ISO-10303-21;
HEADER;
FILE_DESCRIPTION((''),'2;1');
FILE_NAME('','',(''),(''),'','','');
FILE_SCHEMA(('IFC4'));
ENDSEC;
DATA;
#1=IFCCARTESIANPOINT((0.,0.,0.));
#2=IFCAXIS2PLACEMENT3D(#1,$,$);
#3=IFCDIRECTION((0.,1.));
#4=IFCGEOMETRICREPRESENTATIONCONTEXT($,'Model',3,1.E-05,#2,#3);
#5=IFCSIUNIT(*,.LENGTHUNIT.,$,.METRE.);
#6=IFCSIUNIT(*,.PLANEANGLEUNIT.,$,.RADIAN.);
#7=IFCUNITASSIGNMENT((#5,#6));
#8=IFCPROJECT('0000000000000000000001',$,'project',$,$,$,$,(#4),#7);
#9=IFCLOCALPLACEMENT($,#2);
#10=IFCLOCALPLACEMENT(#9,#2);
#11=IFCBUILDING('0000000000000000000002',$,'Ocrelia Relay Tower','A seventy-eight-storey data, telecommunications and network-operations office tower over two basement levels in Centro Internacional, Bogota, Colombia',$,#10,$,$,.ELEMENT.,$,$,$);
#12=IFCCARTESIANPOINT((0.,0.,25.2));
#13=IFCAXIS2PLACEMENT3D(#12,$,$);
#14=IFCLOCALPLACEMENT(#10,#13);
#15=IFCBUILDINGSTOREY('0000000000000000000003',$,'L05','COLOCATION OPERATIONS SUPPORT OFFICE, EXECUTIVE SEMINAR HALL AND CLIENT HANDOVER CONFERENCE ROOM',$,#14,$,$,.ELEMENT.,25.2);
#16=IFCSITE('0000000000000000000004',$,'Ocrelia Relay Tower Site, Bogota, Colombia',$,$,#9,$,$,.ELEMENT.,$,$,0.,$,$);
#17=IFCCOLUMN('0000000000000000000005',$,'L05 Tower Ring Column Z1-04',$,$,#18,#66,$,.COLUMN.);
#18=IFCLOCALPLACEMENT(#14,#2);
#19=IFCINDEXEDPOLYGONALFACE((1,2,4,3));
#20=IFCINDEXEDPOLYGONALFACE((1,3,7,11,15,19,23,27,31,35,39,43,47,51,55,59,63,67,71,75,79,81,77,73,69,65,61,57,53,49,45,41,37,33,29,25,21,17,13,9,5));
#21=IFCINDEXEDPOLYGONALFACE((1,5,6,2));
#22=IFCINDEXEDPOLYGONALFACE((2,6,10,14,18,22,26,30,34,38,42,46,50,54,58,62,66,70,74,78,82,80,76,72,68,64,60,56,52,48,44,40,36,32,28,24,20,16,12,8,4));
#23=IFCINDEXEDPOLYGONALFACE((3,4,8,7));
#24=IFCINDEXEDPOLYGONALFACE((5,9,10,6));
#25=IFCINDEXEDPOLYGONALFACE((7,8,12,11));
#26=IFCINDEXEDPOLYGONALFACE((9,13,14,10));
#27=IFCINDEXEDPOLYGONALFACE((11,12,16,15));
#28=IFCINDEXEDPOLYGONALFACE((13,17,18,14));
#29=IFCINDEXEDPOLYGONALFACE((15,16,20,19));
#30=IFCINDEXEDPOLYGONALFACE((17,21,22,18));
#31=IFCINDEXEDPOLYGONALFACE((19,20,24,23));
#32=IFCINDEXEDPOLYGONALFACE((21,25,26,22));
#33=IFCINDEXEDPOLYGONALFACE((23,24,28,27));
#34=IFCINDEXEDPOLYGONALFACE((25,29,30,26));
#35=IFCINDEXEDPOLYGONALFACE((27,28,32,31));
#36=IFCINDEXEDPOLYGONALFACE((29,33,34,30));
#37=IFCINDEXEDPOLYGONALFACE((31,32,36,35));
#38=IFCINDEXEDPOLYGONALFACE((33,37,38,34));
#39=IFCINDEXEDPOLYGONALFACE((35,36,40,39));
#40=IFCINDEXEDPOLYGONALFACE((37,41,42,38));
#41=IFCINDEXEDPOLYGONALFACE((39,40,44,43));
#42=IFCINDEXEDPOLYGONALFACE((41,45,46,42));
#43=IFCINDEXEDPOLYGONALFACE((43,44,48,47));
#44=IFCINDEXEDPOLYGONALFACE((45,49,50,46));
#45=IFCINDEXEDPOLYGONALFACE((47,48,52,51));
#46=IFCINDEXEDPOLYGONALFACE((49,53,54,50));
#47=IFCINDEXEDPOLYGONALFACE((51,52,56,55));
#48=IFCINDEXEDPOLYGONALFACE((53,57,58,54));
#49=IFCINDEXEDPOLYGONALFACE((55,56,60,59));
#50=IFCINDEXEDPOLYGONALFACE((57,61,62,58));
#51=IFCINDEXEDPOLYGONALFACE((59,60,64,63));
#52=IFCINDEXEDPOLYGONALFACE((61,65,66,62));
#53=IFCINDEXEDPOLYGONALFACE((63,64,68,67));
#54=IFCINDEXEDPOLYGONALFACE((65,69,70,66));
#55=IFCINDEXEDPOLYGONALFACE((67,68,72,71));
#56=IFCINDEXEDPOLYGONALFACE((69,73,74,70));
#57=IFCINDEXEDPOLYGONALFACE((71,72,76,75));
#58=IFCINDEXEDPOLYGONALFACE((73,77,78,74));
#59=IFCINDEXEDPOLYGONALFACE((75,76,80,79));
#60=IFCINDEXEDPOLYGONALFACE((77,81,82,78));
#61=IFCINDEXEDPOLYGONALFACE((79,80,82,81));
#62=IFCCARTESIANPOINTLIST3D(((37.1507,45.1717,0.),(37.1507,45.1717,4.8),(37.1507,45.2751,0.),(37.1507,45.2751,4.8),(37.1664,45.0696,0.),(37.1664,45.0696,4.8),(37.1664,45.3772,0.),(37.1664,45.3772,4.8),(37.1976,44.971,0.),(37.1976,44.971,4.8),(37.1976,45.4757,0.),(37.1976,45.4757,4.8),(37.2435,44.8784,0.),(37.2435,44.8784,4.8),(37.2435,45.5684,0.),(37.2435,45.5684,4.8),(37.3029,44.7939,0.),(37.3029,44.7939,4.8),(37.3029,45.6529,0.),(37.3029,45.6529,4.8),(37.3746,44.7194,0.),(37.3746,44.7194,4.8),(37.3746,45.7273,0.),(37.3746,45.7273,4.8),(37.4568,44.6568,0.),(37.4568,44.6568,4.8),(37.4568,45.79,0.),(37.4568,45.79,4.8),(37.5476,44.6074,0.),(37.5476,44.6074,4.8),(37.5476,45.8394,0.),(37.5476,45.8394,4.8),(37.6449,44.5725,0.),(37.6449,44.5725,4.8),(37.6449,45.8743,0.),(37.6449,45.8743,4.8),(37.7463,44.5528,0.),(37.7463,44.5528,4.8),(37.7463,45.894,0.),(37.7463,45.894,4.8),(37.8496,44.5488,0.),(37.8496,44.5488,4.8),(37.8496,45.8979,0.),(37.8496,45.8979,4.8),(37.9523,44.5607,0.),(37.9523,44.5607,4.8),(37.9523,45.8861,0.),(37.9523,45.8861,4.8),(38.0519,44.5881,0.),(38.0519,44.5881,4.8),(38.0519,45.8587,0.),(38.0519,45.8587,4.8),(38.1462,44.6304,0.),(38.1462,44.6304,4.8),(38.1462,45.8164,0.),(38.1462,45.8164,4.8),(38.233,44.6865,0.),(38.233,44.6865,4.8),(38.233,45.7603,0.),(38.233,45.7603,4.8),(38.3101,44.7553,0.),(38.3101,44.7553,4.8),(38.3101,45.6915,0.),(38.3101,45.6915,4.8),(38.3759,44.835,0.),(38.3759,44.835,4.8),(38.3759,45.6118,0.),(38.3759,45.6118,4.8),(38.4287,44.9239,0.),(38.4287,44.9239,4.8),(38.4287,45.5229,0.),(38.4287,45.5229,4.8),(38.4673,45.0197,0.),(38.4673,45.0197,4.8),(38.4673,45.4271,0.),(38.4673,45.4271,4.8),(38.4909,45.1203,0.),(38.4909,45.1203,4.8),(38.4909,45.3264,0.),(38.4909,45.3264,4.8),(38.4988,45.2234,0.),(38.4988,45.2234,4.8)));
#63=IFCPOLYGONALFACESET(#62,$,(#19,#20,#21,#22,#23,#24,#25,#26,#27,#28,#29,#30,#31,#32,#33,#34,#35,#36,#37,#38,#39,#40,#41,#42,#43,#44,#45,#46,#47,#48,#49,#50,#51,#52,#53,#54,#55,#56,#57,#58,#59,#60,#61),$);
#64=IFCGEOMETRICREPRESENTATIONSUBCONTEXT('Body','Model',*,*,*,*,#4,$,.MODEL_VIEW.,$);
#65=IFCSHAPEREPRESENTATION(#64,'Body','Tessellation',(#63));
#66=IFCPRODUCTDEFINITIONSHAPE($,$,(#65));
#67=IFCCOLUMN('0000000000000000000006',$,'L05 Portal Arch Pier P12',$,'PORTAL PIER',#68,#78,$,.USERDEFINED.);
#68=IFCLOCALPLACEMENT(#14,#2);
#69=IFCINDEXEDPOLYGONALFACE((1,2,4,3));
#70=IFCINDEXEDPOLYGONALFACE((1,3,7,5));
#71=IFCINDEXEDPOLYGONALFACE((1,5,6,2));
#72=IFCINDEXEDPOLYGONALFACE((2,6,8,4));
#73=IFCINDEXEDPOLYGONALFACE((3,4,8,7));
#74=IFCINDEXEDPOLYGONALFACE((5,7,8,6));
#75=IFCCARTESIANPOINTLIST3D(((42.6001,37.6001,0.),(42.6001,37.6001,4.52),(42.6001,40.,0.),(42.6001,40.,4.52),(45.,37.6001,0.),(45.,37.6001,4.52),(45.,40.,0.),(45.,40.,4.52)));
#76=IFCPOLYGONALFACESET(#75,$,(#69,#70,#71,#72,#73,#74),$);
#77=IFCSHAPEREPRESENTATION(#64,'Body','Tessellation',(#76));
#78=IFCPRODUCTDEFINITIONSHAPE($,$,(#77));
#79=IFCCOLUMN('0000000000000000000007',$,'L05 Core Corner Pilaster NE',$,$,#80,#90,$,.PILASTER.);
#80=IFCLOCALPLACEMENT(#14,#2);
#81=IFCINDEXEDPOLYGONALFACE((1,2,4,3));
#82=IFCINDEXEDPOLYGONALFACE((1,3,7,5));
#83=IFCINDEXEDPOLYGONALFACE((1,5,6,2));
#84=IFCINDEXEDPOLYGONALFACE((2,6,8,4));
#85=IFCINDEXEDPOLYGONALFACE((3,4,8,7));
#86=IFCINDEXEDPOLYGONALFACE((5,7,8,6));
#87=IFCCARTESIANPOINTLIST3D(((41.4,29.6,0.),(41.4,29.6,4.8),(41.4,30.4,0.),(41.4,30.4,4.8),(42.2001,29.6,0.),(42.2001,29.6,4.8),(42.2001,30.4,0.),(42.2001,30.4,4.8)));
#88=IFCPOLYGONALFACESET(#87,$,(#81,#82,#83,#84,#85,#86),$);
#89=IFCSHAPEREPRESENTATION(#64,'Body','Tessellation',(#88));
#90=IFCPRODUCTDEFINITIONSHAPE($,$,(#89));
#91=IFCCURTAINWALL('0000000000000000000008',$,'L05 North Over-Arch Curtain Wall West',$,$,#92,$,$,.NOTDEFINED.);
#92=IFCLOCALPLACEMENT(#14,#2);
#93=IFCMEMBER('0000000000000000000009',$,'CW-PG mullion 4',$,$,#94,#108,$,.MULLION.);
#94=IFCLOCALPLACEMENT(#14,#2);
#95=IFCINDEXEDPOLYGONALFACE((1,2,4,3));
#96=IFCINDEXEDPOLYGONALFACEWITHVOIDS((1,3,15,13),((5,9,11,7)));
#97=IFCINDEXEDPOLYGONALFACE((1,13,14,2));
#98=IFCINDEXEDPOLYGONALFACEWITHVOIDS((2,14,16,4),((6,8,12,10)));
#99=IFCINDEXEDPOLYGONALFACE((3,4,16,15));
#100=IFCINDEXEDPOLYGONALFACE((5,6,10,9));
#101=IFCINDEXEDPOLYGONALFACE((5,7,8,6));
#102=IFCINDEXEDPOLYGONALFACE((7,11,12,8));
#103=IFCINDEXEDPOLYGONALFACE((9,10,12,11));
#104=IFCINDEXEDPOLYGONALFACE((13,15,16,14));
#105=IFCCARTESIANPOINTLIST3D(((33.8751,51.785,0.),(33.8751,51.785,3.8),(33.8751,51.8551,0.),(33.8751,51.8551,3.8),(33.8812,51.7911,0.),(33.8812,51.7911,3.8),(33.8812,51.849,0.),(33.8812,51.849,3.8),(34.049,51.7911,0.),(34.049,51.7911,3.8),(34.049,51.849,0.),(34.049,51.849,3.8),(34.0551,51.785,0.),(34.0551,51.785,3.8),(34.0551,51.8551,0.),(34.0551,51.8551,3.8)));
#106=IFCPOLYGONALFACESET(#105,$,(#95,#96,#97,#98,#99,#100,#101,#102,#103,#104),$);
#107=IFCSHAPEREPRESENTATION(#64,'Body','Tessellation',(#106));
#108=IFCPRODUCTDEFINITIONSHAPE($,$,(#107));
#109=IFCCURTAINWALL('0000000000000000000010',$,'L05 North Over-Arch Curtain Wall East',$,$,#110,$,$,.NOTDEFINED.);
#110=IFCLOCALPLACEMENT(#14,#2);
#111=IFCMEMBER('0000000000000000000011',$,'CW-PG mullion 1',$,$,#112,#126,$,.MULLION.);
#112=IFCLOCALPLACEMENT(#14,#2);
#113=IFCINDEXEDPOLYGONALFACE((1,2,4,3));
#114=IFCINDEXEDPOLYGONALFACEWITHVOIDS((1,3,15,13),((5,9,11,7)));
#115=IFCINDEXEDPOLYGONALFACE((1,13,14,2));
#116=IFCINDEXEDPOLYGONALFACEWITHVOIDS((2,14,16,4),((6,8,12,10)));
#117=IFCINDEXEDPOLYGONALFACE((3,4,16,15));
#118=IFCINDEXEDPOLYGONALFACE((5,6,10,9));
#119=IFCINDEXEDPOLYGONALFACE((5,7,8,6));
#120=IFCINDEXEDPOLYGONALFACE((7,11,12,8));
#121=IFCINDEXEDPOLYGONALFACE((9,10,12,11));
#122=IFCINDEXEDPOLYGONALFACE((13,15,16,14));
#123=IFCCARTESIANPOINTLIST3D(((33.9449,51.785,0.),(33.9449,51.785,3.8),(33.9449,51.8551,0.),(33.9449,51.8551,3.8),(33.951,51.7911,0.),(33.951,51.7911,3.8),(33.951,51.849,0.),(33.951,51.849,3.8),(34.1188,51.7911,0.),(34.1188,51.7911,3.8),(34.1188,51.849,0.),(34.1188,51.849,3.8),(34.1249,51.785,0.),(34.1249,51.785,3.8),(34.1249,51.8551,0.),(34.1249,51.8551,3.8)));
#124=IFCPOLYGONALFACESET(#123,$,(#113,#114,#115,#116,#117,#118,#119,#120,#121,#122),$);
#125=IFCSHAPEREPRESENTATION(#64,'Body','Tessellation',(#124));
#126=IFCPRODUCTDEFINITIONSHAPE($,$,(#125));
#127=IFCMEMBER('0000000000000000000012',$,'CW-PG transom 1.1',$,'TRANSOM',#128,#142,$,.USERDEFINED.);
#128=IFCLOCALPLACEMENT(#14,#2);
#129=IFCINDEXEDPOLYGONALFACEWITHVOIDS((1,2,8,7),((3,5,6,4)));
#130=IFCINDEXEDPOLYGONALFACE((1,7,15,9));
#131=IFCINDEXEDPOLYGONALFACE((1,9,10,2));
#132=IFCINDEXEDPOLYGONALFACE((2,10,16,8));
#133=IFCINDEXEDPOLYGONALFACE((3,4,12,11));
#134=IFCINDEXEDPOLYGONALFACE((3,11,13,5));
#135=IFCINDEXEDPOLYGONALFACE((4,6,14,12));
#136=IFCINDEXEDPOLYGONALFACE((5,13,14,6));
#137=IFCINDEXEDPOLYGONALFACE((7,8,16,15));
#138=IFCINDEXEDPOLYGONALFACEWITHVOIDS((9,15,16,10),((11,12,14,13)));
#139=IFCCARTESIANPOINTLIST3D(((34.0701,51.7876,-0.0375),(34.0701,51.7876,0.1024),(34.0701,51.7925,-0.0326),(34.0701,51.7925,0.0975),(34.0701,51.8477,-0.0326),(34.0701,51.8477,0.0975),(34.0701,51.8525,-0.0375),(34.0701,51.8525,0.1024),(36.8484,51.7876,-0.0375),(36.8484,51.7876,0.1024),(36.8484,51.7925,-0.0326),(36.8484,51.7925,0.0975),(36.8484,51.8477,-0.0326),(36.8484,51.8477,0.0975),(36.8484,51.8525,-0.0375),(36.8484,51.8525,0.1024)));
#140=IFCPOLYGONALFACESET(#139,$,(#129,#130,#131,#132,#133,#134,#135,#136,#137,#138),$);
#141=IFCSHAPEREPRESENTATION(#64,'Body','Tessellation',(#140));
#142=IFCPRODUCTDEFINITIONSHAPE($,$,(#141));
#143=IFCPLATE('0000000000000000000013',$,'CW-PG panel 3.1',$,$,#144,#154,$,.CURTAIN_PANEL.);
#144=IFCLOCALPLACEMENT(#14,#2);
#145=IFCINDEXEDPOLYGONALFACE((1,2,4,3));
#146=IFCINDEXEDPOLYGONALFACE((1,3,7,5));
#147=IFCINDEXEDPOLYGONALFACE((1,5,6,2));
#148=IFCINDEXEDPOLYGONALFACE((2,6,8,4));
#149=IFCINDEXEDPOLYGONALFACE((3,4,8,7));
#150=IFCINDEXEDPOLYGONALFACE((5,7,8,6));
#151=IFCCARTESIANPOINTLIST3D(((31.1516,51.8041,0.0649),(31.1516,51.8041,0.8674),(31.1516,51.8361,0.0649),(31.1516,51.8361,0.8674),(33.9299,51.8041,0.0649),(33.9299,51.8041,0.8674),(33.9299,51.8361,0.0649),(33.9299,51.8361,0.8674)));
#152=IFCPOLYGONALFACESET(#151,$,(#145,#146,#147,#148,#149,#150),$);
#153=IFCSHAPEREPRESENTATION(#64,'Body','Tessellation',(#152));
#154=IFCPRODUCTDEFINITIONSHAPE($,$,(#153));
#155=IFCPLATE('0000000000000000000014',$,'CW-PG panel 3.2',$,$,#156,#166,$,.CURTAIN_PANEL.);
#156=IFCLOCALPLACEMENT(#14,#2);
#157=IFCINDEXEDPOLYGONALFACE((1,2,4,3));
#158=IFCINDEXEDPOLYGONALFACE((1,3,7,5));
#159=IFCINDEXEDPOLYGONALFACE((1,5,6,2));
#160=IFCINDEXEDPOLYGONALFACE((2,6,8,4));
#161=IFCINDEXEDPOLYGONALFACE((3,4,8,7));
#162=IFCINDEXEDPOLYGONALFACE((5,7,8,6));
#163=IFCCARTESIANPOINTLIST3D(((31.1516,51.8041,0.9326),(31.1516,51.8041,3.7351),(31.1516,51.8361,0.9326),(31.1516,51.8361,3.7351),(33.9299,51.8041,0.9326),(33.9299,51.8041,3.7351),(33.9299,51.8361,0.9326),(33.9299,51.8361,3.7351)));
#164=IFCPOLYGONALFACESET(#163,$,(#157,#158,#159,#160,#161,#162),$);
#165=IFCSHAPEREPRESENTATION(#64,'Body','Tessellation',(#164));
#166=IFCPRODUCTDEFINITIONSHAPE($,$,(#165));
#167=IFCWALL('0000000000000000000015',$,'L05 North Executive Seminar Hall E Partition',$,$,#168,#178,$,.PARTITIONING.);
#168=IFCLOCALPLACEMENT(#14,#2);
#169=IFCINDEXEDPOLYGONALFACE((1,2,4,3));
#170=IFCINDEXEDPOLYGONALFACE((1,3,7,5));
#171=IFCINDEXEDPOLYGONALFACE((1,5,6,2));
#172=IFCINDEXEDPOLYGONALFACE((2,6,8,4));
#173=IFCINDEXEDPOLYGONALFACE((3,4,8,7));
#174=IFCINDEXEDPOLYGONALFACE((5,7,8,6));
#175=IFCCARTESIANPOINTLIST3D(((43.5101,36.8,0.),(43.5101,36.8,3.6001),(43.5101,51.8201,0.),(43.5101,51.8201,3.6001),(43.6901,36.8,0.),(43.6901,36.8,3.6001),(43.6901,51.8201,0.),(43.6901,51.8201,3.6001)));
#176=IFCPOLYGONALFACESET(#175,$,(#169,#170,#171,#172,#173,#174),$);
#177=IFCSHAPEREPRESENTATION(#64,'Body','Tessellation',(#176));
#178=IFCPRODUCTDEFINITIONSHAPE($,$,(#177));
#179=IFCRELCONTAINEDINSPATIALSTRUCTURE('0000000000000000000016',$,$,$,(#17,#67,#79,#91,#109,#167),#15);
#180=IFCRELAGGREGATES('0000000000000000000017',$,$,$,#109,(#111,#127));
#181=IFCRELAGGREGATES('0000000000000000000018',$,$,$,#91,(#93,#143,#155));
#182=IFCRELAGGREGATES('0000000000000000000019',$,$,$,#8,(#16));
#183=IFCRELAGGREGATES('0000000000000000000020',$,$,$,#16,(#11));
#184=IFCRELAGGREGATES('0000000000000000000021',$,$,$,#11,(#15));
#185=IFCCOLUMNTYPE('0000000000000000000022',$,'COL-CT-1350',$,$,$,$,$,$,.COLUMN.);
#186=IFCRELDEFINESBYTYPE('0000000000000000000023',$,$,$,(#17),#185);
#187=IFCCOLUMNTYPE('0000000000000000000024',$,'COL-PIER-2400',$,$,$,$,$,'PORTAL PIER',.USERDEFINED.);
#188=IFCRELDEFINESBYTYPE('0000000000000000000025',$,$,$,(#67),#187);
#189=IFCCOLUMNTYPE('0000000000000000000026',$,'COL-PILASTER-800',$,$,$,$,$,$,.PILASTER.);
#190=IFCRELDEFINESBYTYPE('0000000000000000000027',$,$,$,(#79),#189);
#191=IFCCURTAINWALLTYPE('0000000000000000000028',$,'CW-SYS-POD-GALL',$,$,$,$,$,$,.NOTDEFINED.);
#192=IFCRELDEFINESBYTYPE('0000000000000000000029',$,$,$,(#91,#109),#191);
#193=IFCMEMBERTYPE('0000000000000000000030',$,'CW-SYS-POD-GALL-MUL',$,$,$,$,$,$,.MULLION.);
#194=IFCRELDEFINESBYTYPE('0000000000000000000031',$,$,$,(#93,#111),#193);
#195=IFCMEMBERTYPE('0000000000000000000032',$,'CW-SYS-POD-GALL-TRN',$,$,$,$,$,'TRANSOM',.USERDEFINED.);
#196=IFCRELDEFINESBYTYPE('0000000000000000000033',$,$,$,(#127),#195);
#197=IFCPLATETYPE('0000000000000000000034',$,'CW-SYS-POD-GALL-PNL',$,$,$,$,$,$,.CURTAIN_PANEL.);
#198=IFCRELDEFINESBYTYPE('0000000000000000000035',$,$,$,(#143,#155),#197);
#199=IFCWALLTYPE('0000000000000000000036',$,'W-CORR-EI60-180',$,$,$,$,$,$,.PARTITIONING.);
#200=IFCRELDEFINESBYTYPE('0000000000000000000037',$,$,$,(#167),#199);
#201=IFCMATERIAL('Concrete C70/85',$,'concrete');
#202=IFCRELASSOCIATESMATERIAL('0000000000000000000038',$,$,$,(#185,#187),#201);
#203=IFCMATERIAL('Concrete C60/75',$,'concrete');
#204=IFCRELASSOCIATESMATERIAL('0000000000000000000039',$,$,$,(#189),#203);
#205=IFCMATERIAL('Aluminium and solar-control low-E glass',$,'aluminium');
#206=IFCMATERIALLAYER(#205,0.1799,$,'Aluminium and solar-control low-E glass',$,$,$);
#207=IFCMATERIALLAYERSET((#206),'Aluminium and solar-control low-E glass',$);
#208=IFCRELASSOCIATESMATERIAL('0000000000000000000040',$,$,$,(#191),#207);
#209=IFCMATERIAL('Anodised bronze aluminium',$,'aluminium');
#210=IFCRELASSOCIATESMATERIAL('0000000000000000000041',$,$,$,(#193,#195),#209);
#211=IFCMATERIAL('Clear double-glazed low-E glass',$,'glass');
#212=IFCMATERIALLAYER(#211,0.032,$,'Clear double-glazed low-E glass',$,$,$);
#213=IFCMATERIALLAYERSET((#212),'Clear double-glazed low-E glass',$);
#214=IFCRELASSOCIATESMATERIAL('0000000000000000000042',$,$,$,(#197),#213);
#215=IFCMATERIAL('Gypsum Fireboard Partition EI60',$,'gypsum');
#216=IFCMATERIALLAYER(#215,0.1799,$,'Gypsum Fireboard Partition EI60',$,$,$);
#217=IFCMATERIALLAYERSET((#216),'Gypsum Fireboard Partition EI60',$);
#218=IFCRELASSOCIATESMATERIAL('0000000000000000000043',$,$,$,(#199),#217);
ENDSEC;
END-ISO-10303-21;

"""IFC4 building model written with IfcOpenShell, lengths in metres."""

from ifc_helpers import new_model, si_unit, direction, frame, frame_2d, origin, origin_2d, place, context, subcontext, project, spatial, rectangle, hollow_rectangle, circle, extrude, material, layer, layer_set, material_profile, profile_set, type_object, element, aggregate, save


model = new_model("IFC4")

# Units and contexts
model_context = context("Model", 3, precision=1e-05, world=origin(), true_north=direction((0.0, 1.0)))
body_context = subcontext(model_context, "Body", "Model", "MODEL_VIEW")
ifc_project = project(units=[si_unit("LENGTHUNIT", "METRE"), si_unit("PLANEANGLEUNIT", "RADIAN")], contexts=[model_context])

# Site, building, storey
site_placement = place(None, origin())
site = spatial("IfcSite", under=ifc_project, at=site_placement, Name="Ocrelia Relay Tower Site, Bogota, Colombia", CompositionType="ELEMENT", RefElevation=0.0)
building_placement = place(site_placement, origin())
building = spatial("IfcBuilding", under=site, at=building_placement, Name="Ocrelia Relay Tower", Description="A seventy-eight-storey data, telecommunications and network-operations office tower over two basement levels in Centro Internacional, Bogota, Colombia", CompositionType="ELEMENT")
storey_placement = place(building_placement, frame((0.0, 0.0, 25.2)))
storey = spatial("IfcBuildingStorey", under=building, at=storey_placement, Name="L05", Description="COLOCATION OPERATIONS SUPPORT OFFICE, EXECUTIVE SEMINAR HALL AND CLIENT HANDOVER CONFERENCE ROOM", CompositionType="ELEMENT", Elevation=25.2)

# Columns
ifc_material_1 = material(Name="Concrete C70/85", Category="concrete")
ifc_material_profile_1 = material_profile(ifc_material_1, circle(Radius=0.675, at=origin_2d()), Name="RC-CIR-1350")
ifc_profile_set_1 = profile_set([ifc_material_profile_1], Name="Concrete C70/85")
column_type_1 = type_object("IfcColumnType", Name="COL-CT-1350", PredefinedType="COLUMN", material=ifc_profile_set_1)
column_1_placement = place(storey_placement, frame((37.8237, 45.2234, 0.0), z_axis=(0.0, 0.0, 1.0), x_axis=(1.0, 0.0, 0.0)))
element("IfcColumn", 1, at=column_1_placement, inside=storey, type_object=column_type_1, Name="L05 Tower Ring Column Z1-04", PredefinedType="COLUMN", context=body_context, shape_type="SweptSolid", body=[
    extrude(circle(Radius=0.675, at=origin_2d()), origin(), (0.0, 0.0, 1.0), 4.8),
])
ifc_material_profile_2 = material_profile(ifc_material_1, rectangle(XDim=2.3999, YDim=2.3999, at=origin_2d()), Name="RC-PIER-2400x2400")
ifc_profile_set_2 = profile_set([ifc_material_profile_2], Name="Concrete C70/85")
column_type_2 = type_object("IfcColumnType", Name="COL-PIER-2400", ElementType="PORTAL PIER", PredefinedType="USERDEFINED", material=ifc_profile_set_2)
column_2_placement = place(storey_placement, frame((43.8, 38.8, 0.0), z_axis=(0.0, 0.0, 1.0), x_axis=(1.0, 0.0, 0.0)))
element("IfcColumn", 2, at=column_2_placement, inside=storey, type_object=column_type_2, Name="L05 Portal Arch Pier P12", ObjectType="PORTAL PIER", PredefinedType="USERDEFINED", context=body_context, shape_type="SweptSolid", body=[
    extrude(rectangle(XDim=2.3999, YDim=2.3999, at=origin_2d()), origin(), (0.0, 0.0, 1.0), 4.52),
])
ifc_material_2 = material(Name="Concrete C60/75", Category="concrete")
ifc_material_profile_3 = material_profile(ifc_material_2, rectangle(XDim=0.8, YDim=0.8, at=origin_2d()), Name="RC-COL-800x800")
ifc_profile_set_3 = profile_set([ifc_material_profile_3], Name="Concrete C60/75")
column_type_3 = type_object("IfcColumnType", Name="COL-PILASTER-800", PredefinedType="PILASTER", material=ifc_profile_set_3)
column_3_placement = place(storey_placement, frame((41.8, 30.0, 0.0), z_axis=(0.0, 0.0, 1.0), x_axis=(1.0, 0.0, 0.0)))
element("IfcColumn", 3, at=column_3_placement, inside=storey, type_object=column_type_3, Name="L05 Core Corner Pilaster NE", PredefinedType="PILASTER", context=body_context, shape_type="SweptSolid", body=[
    extrude(rectangle(XDim=0.8, YDim=0.8, at=origin_2d()), origin(), (0.0, 0.0, 1.0), 4.8),
])

# Curtain wall, member
ifc_material_3 = material(Name="Aluminium and solar-control low-E glass", Category="aluminium")
ifc_layer_1 = layer(ifc_material_3, 0.1799, Name="Aluminium and solar-control low-E glass")
ifc_layer_set_1 = layer_set([ifc_layer_1], Name="Aluminium and solar-control low-E glass")
curtain_wall_type = type_object("IfcCurtainWallType", Name="CW-SYS-POD-GALL", PredefinedType="NOTDEFINED", material=ifc_layer_set_1)
curtain_wall_1_placement = place(storey_placement, origin())
curtain_wall_1 = element("IfcCurtainWall", 4, at=curtain_wall_1_placement, inside=storey, type_object=curtain_wall_type, Name="L05 North Over-Arch Curtain Wall West", PredefinedType="NOTDEFINED")
ifc_material_4 = material(Name="Anodised bronze aluminium", Category="aluminium")
ifc_material_profile_4 = material_profile(ifc_material_4, hollow_rectangle(XDim=0.0701, YDim=0.1799, WallThickness=0.0061, at=origin_2d()), Name="CW-MUL-180x70")
ifc_profile_set_4 = profile_set([ifc_material_profile_4], Name="Anodised bronze aluminium")
member_type_1 = type_object("IfcMemberType", Name="CW-SYS-POD-GALL-MUL", PredefinedType="MULLION", material=ifc_profile_set_4)
member_1_placement = place(storey_placement, frame((33.9651, 51.8201, 0.0), z_axis=(0.0, 0.0, 1.0), x_axis=(0.0, 1.0, 0.0)))
member_1 = element("IfcMember", 5, at=member_1_placement, type_object=member_type_1, Name="CW-PG mullion 4", PredefinedType="MULLION", context=body_context, shape_type="SweptSolid", body=[
    extrude(hollow_rectangle(XDim=0.0701, YDim=0.1799, WallThickness=0.0061, at=origin_2d()), origin(), (0.0, 0.0, 1.0), 3.8),
])

# Curtain wall, members
curtain_wall_2_placement = place(storey_placement, origin())
curtain_wall_2 = element("IfcCurtainWall", 6, at=curtain_wall_2_placement, inside=storey, type_object=curtain_wall_type, Name="L05 North Over-Arch Curtain Wall East", PredefinedType="NOTDEFINED")
member_2_placement = place(storey_placement, frame((34.0349, 51.8201, 0.0), z_axis=(0.0, 0.0, 1.0), x_axis=(0.0, 1.0, 0.0)))
member_2 = element("IfcMember", 7, at=member_2_placement, type_object=member_type_1, Name="CW-PG mullion 1", PredefinedType="MULLION", context=body_context, shape_type="SweptSolid", body=[
    extrude(hollow_rectangle(XDim=0.0701, YDim=0.1799, WallThickness=0.0061, at=origin_2d()), origin(), (0.0, 0.0, 1.0), 3.8),
])
ifc_material_profile_5 = material_profile(ifc_material_4, hollow_rectangle(XDim=0.0649, YDim=0.1399, WallThickness=0.0049, at=origin_2d()), Name="CW-TRN-140x65")
ifc_profile_set_5 = profile_set([ifc_material_profile_5], Name="Anodised bronze aluminium")
member_type_2 = type_object("IfcMemberType", Name="CW-SYS-POD-GALL-TRN", ElementType="TRANSOM", PredefinedType="USERDEFINED", material=ifc_profile_set_5)
member_3_placement = place(storey_placement, frame((34.0701, 51.8201, 0.0325), z_axis=(1.0, 0.0, 0.0), x_axis=(0.0, 1.0, 0.0)))
member_3 = element("IfcMember", 8, at=member_3_placement, type_object=member_type_2, Name="CW-PG transom 1.1", ObjectType="TRANSOM", PredefinedType="USERDEFINED", context=body_context, shape_type="SweptSolid", body=[
    extrude(hollow_rectangle(XDim=0.0649, YDim=0.1399, WallThickness=0.0049, at=origin_2d()), origin(), (0.0, 0.0, 1.0), 2.7783),
])
aggregate(curtain_wall_2, [member_2, member_3])

# Plates
ifc_material_5 = material(Name="Clear double-glazed low-E glass", Category="glass")
ifc_layer_2 = layer(ifc_material_5, 0.032, Name="Clear double-glazed low-E glass")
ifc_layer_set_2 = layer_set([ifc_layer_2], Name="Clear double-glazed low-E glass")
plate_type = type_object("IfcPlateType", Name="CW-SYS-POD-GALL-PNL", PredefinedType="CURTAIN_PANEL", material=ifc_layer_set_2)
plate_1_placement = place(storey_placement, frame((32.5408, 51.8201, 0.0649), z_axis=(0.0, 0.0, 1.0), x_axis=(1.0, 0.0, 0.0)))
plate_1 = element("IfcPlate", 9, at=plate_1_placement, type_object=plate_type, Name="CW-PG panel 3.1", PredefinedType="CURTAIN_PANEL", context=body_context, shape_type="SweptSolid", body=[
    extrude(rectangle(XDim=2.7783, YDim=0.032, at=origin_2d()), origin(), (0.0, 0.0, 1.0), 0.8025),
])
plate_2_placement = place(storey_placement, frame((32.5408, 51.8201, 0.9326), z_axis=(0.0, 0.0, 1.0), x_axis=(1.0, 0.0, 0.0)))
plate_2 = element("IfcPlate", 10, at=plate_2_placement, type_object=plate_type, Name="CW-PG panel 3.2", PredefinedType="CURTAIN_PANEL", context=body_context, shape_type="SweptSolid", body=[
    extrude(rectangle(XDim=2.7783, YDim=0.032, at=origin_2d()), origin(), (0.0, 0.0, 1.0), 2.8025),
])
aggregate(curtain_wall_1, [member_1, plate_1, plate_2])

# Wall
ifc_material_6 = material(Name="Gypsum Fireboard Partition EI60", Category="gypsum")
ifc_layer_3 = layer(ifc_material_6, 0.1799, Name="Gypsum Fireboard Partition EI60")
ifc_layer_set_3 = layer_set([ifc_layer_3], Name="Gypsum Fireboard Partition EI60")
wall_type_1 = type_object("IfcWallType", Name="W-CORR-EI60-180", PredefinedType="PARTITIONING", material=ifc_layer_set_3)
wall_1_placement = place(storey_placement, frame((43.6001, 36.8, 0.0), z_axis=(0.0, 0.0, 1.0), x_axis=(0.0, 1.0, 0.0)))
element("IfcWall", 11, at=wall_1_placement, inside=storey, type_object=wall_type_1, Name="L05 North Executive Seminar Hall E Partition", PredefinedType="PARTITIONING", context=body_context, shape_type="SweptSolid", body=[
    extrude(rectangle(XDim=15.02, YDim=0.1799, at=frame_2d((7.51, 0.0))), origin(), (0.0, 0.0, 1.0), 3.6001),
])

save(model, "model.ifc")
